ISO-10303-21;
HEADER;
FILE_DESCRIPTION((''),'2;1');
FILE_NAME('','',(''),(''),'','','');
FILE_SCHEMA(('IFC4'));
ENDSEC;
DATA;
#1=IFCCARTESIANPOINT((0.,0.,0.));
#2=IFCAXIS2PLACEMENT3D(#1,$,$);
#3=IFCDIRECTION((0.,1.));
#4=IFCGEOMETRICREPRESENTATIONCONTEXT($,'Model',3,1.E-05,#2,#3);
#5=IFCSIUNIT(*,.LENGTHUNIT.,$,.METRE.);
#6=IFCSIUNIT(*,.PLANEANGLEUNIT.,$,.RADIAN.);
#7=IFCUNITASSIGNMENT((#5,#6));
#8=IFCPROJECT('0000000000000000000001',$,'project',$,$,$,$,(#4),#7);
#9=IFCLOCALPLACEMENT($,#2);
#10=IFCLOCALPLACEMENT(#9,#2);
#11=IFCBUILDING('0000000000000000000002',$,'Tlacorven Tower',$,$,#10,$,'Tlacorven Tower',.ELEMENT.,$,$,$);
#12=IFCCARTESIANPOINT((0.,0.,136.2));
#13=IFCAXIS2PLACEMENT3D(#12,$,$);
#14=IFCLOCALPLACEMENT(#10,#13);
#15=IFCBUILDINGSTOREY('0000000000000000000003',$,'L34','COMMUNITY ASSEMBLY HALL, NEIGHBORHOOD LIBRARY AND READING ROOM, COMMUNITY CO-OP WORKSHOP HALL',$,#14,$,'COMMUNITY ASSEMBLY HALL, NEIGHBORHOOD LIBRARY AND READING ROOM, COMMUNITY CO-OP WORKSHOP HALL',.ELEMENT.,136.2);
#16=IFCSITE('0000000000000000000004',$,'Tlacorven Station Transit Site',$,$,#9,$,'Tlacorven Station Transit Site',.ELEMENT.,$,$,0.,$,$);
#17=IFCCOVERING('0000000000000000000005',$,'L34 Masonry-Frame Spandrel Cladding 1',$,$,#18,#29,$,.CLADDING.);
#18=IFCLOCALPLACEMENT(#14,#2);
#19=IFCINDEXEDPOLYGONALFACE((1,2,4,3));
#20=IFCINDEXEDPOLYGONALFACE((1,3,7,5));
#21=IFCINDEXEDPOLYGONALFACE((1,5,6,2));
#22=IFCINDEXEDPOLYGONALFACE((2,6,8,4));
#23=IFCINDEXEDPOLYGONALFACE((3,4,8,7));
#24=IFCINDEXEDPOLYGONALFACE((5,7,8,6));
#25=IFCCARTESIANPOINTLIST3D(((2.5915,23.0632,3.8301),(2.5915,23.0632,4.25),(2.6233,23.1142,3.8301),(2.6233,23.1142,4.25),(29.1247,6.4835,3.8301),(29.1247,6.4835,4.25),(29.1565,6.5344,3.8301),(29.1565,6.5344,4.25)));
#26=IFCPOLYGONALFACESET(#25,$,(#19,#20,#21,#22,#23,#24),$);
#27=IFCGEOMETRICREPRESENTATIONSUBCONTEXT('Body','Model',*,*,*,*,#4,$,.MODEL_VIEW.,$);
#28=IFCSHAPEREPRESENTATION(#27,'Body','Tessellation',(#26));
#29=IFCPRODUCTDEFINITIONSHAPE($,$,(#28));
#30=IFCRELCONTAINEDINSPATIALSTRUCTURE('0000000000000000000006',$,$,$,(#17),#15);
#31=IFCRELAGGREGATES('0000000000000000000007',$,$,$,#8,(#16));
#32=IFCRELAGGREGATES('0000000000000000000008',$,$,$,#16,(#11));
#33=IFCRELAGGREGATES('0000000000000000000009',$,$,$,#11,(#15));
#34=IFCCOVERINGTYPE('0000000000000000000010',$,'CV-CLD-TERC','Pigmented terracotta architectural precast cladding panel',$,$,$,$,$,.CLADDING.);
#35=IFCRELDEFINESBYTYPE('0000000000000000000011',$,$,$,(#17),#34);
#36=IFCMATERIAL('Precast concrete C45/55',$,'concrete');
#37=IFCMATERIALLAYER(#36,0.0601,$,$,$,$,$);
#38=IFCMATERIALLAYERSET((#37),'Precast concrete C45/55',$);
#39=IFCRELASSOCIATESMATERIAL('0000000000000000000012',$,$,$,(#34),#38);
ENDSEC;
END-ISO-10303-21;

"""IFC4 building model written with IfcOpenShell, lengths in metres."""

from ifc_helpers import new_model, si_unit, direction, frame, origin, origin_2d, place, context, subcontext, project, spatial, rectangle, extrude, source, transform, mapped, material, layer, layer_set, type_object, element, save


model = new_model("IFC4")

# Units and contexts
model_context = context("Model", 3, precision=1e-05, world=origin(), true_north=direction((0.0, 1.0)))
body_context = subcontext(model_context, "Body", "Model", "MODEL_VIEW")
ifc_project = project(units=[si_unit("LENGTHUNIT", "METRE"), si_unit("PLANEANGLEUNIT", "RADIAN")], contexts=[model_context])

# Site, building, storey
site_placement = place(None, origin())
site = spatial("IfcSite", under=ifc_project, at=site_placement, Name="Tlacorven Station Transit Site", LongName="Tlacorven Station Transit Site", CompositionType="ELEMENT", RefElevation=0.0)
building_placement = place(site_placement, origin())
building = spatial("IfcBuilding", under=site, at=building_placement, Name="Tlacorven Tower", LongName="Tlacorven Tower", CompositionType="ELEMENT")
storey_placement = place(building_placement, frame((0.0, 0.0, 136.2)))
storey = spatial("IfcBuildingStorey", under=building, at=storey_placement, Name="L34", Description="COMMUNITY ASSEMBLY HALL, NEIGHBORHOOD LIBRARY AND READING ROOM, COMMUNITY CO-OP WORKSHOP HALL", LongName="COMMUNITY ASSEMBLY HALL, NEIGHBORHOOD LIBRARY AND READING ROOM, COMMUNITY CO-OP WORKSHOP HALL", CompositionType="ELEMENT", Elevation=136.2)

# Shared definitions
ifc_material_1 = material(Name="Precast concrete C45/55", Category="concrete")

# Covering
ifc_layer_1 = layer(ifc_material_1, 0.0601)
ifc_layer_set_1 = layer_set([ifc_layer_1], Name="Precast concrete C45/55")
covering_type_1 = type_object("IfcCoveringType", Name="CV-CLD-TERC", Description="Pigmented terracotta architectural precast cladding panel", PredefinedType="CLADDING", material=ifc_layer_set_1)
shared_shape_1 = source(origin(), body_context, "Body", "SweptSolid", [
    extrude(rectangle(XDim=31.2874, YDim=0.0601, at=origin_2d()), origin(), (0.0, 0.0, 1.0), 0.4199),
])
covering_1_placement = place(storey_placement, frame((15.874, 14.7988, 3.8301), z_axis=(0.0, 0.0, 1.0), x_axis=(-0.848048, 0.529919, 0.0)))
element("IfcCovering", 1, at=covering_1_placement, inside=storey, type_object=covering_type_1, Name="L34 Masonry-Frame Spandrel Cladding 1", PredefinedType="CLADDING", context=body_context, shape_type="MappedRepresentation", body=[
    mapped(shared_shape_1, transform((0.0, 0.0, 0.0), scale=1.0)),
])

save(model, "model.ifc")
